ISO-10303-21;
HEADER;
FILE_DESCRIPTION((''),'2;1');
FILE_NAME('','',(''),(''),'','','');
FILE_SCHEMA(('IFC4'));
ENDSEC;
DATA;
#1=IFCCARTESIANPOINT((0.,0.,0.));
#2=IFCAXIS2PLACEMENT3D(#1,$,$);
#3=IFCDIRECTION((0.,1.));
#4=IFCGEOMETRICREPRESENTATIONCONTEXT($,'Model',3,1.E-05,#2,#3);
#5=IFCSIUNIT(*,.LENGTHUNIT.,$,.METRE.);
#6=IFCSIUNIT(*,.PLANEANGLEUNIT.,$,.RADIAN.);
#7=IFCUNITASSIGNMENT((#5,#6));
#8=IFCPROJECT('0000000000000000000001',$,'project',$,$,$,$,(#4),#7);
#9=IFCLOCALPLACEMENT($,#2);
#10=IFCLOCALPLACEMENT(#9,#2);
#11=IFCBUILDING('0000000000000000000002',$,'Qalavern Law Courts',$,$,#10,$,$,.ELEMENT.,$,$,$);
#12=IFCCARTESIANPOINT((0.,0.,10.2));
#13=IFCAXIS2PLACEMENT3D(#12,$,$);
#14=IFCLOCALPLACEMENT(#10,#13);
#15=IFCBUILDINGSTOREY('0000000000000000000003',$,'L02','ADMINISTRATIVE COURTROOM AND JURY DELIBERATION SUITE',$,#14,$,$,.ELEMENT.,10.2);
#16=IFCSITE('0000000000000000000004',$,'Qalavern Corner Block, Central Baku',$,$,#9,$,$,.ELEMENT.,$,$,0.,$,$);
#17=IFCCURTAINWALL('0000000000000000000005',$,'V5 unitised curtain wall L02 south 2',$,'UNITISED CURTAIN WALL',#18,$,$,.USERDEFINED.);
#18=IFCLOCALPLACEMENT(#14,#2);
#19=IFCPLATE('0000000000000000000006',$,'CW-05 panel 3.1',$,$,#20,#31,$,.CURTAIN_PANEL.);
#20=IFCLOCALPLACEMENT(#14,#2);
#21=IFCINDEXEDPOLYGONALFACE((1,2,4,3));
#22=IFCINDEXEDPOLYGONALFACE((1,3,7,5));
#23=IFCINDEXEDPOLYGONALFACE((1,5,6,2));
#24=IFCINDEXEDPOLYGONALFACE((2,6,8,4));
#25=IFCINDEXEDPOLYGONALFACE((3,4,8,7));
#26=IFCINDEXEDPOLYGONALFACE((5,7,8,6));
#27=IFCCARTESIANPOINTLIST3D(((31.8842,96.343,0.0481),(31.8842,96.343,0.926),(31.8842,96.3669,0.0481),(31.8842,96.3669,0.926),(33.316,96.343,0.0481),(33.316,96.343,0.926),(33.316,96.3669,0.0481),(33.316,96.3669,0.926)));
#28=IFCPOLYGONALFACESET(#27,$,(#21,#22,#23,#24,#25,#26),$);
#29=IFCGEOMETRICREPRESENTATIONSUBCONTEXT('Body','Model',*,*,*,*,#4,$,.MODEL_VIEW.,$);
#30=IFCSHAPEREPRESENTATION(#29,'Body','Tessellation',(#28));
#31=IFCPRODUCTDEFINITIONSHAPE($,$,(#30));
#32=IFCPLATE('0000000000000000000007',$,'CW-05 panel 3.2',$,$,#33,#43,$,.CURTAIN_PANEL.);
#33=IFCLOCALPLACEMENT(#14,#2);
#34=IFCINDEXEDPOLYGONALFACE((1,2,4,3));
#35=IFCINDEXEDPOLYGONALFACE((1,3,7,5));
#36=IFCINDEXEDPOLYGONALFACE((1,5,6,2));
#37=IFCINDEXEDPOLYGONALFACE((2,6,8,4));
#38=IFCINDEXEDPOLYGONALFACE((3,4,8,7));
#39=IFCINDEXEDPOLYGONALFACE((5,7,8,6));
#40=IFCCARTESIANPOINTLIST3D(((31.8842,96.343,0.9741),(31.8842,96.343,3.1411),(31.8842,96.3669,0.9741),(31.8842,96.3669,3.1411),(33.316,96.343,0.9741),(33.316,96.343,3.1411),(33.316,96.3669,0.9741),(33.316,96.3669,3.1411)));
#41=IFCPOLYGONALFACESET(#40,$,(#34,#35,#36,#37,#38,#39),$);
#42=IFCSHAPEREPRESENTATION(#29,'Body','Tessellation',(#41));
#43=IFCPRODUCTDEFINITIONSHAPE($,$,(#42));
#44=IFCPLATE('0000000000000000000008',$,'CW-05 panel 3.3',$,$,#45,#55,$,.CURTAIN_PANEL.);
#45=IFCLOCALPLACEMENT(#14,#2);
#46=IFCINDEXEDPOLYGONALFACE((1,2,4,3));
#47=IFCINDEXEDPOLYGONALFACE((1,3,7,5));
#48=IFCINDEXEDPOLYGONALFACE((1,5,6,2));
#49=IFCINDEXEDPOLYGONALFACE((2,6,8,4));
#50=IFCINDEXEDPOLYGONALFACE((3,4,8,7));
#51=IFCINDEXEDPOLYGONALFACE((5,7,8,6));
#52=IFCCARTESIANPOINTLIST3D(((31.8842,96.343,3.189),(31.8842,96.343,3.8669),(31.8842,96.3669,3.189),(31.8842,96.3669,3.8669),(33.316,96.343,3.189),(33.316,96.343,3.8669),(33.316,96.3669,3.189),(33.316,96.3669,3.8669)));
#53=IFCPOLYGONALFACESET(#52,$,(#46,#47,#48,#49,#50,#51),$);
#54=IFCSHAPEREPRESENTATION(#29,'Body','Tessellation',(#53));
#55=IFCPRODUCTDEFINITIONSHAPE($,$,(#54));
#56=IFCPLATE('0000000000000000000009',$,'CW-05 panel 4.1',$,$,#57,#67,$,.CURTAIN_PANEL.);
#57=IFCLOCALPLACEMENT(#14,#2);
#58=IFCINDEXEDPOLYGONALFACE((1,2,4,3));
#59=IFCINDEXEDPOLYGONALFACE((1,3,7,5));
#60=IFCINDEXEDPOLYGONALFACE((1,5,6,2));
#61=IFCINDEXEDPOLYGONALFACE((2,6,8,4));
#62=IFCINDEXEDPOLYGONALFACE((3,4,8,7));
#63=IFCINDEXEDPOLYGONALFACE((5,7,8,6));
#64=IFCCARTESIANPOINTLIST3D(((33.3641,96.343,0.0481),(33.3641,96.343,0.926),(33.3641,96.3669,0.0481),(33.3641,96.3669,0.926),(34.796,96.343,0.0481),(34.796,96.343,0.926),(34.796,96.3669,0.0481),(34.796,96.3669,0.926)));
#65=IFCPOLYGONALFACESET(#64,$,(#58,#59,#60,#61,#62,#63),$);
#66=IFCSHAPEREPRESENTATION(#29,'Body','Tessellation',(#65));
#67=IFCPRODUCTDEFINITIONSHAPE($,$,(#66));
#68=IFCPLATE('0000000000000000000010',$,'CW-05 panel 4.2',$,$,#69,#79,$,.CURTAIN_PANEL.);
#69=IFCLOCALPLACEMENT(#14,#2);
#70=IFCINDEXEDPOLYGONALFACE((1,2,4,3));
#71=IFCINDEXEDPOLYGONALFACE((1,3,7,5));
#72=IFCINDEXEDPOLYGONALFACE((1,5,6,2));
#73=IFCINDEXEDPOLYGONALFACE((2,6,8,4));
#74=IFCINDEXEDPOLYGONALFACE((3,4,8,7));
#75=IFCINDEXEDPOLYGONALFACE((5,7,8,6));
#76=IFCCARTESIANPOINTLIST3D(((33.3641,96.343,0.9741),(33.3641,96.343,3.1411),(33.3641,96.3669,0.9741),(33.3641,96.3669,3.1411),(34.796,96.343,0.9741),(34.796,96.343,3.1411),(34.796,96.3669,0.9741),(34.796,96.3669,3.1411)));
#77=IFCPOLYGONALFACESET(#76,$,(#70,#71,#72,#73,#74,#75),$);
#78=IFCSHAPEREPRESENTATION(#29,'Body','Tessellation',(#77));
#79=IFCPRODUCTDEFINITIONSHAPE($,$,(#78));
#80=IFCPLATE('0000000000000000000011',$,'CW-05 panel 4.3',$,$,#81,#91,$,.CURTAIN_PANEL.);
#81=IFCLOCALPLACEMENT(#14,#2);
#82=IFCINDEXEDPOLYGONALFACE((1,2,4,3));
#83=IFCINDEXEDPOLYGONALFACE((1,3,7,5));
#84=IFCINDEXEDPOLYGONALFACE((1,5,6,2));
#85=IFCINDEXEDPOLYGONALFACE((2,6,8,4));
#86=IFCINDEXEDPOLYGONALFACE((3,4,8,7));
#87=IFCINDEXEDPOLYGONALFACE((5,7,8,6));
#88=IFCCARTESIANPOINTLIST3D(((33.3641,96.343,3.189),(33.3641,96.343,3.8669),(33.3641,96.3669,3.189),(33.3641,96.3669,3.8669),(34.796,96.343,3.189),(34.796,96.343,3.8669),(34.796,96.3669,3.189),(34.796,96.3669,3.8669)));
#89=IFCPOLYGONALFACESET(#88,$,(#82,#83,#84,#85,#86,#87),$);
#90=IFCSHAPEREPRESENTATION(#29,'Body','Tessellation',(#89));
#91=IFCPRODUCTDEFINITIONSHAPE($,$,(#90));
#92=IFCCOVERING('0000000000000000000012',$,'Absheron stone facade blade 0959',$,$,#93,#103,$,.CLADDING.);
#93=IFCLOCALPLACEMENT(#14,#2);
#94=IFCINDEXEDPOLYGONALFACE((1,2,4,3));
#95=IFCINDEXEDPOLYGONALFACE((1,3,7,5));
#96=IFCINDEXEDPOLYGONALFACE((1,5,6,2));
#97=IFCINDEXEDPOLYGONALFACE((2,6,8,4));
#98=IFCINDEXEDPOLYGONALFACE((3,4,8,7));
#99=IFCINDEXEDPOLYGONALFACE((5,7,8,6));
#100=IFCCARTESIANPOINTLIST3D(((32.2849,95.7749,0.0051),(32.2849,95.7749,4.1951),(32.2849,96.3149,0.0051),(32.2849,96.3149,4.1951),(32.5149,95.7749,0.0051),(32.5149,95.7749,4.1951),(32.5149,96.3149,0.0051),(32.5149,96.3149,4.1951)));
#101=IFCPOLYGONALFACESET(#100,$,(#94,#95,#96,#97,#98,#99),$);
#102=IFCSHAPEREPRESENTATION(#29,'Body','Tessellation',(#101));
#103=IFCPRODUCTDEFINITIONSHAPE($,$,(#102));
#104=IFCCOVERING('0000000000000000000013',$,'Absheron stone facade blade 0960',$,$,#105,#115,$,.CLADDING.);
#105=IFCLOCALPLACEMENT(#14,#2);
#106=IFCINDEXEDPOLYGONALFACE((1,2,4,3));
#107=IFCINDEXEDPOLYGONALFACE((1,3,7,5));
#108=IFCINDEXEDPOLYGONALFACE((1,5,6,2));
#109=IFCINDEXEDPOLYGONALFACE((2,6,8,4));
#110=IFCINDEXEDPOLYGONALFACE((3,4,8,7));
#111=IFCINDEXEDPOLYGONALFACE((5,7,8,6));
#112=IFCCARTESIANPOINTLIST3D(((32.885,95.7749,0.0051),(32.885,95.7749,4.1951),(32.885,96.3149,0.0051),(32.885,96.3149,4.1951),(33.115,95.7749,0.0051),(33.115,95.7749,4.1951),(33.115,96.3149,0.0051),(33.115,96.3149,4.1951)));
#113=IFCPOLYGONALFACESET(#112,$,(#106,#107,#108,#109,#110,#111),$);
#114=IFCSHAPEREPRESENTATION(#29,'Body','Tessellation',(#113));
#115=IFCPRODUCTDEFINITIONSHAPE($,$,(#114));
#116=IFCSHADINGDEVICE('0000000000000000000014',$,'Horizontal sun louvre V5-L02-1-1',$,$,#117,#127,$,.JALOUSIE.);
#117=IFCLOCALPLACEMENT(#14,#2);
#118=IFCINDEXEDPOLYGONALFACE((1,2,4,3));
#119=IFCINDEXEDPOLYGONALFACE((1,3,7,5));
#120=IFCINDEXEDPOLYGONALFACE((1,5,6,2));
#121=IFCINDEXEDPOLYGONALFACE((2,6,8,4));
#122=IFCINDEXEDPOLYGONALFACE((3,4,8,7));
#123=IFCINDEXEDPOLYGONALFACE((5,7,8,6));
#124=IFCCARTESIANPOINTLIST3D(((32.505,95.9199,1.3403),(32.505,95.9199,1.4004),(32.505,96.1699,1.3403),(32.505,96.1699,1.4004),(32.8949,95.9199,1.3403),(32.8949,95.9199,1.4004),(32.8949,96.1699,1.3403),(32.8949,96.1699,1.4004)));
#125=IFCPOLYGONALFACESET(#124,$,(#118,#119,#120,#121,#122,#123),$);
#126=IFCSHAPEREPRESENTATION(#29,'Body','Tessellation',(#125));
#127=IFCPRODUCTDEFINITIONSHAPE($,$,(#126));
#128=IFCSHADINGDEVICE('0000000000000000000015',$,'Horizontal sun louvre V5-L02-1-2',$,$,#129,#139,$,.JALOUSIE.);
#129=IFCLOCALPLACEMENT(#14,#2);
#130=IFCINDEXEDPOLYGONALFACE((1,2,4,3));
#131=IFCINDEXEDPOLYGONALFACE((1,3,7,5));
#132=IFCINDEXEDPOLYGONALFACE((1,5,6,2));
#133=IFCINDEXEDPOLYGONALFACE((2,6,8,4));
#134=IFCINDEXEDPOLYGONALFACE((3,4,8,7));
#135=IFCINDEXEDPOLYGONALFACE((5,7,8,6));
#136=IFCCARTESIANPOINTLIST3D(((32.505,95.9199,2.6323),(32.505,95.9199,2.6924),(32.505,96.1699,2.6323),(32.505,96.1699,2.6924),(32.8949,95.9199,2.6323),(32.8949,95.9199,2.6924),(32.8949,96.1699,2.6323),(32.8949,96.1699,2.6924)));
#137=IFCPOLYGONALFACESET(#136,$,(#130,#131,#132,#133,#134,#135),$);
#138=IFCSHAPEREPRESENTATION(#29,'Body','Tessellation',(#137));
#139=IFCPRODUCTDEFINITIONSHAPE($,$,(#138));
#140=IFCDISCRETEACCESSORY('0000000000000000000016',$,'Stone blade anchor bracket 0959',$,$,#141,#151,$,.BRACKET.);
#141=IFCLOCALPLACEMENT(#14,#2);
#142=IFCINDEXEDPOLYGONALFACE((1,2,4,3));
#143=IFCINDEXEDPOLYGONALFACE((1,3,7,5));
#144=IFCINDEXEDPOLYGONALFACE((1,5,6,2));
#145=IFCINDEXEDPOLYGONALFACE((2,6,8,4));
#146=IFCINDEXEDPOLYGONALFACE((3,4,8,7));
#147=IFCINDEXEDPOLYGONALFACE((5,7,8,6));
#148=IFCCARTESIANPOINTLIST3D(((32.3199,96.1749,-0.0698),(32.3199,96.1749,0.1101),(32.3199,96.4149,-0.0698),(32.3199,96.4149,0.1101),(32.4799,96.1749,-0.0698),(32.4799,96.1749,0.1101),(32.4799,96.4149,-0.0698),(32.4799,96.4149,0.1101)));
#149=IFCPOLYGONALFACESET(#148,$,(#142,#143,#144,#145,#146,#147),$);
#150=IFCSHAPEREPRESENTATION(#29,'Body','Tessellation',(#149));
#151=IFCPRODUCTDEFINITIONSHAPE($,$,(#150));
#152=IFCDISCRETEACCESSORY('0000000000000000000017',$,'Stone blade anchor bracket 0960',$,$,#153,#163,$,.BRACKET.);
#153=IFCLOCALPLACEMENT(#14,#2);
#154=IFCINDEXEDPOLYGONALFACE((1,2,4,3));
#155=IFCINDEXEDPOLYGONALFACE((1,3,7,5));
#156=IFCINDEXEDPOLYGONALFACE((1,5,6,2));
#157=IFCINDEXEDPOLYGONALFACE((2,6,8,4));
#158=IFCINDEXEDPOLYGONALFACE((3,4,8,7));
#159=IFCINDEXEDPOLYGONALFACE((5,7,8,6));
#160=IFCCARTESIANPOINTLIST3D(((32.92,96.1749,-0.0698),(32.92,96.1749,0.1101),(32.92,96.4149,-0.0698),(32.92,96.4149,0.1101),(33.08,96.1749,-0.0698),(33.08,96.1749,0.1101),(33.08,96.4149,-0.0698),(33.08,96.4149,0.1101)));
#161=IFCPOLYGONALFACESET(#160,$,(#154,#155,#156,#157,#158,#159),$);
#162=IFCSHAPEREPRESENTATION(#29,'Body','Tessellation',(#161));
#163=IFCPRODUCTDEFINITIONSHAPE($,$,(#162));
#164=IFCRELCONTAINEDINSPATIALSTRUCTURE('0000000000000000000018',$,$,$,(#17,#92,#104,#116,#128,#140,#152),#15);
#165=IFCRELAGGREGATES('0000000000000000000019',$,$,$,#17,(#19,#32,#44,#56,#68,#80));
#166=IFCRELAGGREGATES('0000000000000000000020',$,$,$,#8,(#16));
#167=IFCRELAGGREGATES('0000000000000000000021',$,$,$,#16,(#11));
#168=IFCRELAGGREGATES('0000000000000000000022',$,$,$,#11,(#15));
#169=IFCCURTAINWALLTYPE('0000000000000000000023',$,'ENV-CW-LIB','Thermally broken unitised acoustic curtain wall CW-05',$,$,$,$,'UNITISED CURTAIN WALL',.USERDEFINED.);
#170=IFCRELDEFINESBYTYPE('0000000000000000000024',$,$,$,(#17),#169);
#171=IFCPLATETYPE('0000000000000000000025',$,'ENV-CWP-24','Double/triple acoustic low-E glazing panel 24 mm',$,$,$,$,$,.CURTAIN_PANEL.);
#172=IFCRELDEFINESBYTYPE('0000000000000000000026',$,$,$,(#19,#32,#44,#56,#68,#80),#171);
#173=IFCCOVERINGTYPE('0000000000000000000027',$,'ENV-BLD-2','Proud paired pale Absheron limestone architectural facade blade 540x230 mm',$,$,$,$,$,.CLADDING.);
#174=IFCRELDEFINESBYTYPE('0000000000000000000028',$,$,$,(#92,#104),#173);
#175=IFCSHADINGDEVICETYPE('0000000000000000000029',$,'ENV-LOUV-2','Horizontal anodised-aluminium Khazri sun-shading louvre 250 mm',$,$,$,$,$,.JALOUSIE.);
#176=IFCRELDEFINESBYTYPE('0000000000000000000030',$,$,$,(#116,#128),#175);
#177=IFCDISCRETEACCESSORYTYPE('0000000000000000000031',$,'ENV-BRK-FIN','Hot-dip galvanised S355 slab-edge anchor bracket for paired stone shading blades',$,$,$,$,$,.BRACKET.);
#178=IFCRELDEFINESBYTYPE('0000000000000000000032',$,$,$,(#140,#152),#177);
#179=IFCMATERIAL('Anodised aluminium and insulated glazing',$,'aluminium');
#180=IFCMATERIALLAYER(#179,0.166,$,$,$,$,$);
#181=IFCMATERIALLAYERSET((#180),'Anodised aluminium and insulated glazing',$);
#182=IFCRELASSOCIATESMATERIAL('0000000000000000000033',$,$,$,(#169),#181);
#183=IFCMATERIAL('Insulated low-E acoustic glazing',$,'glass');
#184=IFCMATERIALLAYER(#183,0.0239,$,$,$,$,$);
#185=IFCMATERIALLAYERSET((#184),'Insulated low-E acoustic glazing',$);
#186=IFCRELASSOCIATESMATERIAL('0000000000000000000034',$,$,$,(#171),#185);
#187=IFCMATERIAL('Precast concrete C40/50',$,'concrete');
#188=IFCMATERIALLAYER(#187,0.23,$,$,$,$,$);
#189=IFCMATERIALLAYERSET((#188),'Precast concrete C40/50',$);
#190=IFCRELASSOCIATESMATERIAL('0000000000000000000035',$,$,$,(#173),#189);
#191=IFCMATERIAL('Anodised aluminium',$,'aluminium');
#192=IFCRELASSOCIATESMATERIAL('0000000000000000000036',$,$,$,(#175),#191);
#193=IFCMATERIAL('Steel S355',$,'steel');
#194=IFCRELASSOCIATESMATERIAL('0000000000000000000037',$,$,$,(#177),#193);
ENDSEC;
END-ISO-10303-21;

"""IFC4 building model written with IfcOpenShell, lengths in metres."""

from ifc_helpers import new_model, si_unit, direction, frame, origin, origin_2d, place, context, subcontext, project, spatial, rectangle, extrude, material, layer, layer_set, type_object, element, aggregate, save


model = new_model("IFC4")

# Units and contexts
model_context = context("Model", 3, precision=1e-05, world=origin(), true_north=direction((0.0, 1.0)))
body_context = subcontext(model_context, "Body", "Model", "MODEL_VIEW")
ifc_project = project(units=[si_unit("LENGTHUNIT", "METRE"), si_unit("PLANEANGLEUNIT", "RADIAN")], contexts=[model_context])

# Site, building, storey
site_placement = place(None, origin())
site = spatial("IfcSite", under=ifc_project, at=site_placement, Name="Qalavern Corner Block, Central Baku", CompositionType="ELEMENT", RefElevation=0.0)
building_placement = place(site_placement, origin())
building = spatial("IfcBuilding", under=site, at=building_placement, Name="Qalavern Law Courts", CompositionType="ELEMENT")
storey_placement = place(building_placement, frame((0.0, 0.0, 10.2)))
storey = spatial("IfcBuildingStorey", under=building, at=storey_placement, Name="L02", Description="ADMINISTRATIVE COURTROOM AND JURY DELIBERATION SUITE", CompositionType="ELEMENT", Elevation=10.2)

# Curtain wall, plates
ifc_material_1 = material(Name="Anodised aluminium and insulated glazing", Category="aluminium")
ifc_layer_1 = layer(ifc_material_1, 0.166)
ifc_layer_set_1 = layer_set([ifc_layer_1], Name="Anodised aluminium and insulated glazing")
curtain_wall_type = type_object("IfcCurtainWallType", Name="ENV-CW-LIB", Description="Thermally broken unitised acoustic curtain wall CW-05", ElementType="UNITISED CURTAIN WALL", PredefinedType="USERDEFINED", material=ifc_layer_set_1)
curtain_wall_placement = place(storey_placement, origin())
curtain_wall = element("IfcCurtainWall", 1, at=curtain_wall_placement, inside=storey, type_object=curtain_wall_type, Name="V5 unitised curtain wall L02 south 2", ObjectType="UNITISED CURTAIN WALL", PredefinedType="USERDEFINED")
ifc_material_2 = material(Name="Anodised aluminium", Category="aluminium")
ifc_material_3 = material(Name="Insulated low-E acoustic glazing", Category="glass")
ifc_layer_2 = layer(ifc_material_3, 0.0239)
ifc_layer_set_2 = layer_set([ifc_layer_2], Name="Insulated low-E acoustic glazing")
plate_type = type_object("IfcPlateType", Name="ENV-CWP-24", Description="Double/triple acoustic low-E glazing panel 24 mm", PredefinedType="CURTAIN_PANEL", material=ifc_layer_set_2)
plate_1_placement = place(storey_placement, frame((32.6001, 96.355, 0.0481), z_axis=(0.0, 0.0, 1.0), x_axis=(1.0, 0.0, 0.0)))
plate_1 = element("IfcPlate", 2, at=plate_1_placement, type_object=plate_type, Name="CW-05 panel 3.1", PredefinedType="CURTAIN_PANEL", context=body_context, shape_type="SweptSolid", body=[
    extrude(rectangle(XDim=1.4319, YDim=0.0239, at=origin_2d()), origin(), (0.0, 0.0, 1.0), 0.8779),
])
plate_2_placement = place(storey_placement, frame((32.6001, 96.355, 0.9741), z_axis=(0.0, 0.0, 1.0), x_axis=(1.0, 0.0, 0.0)))
plate_2 = element("IfcPlate", 3, at=plate_2_placement, type_object=plate_type, Name="CW-05 panel 3.2", PredefinedType="CURTAIN_PANEL", context=body_context, shape_type="SweptSolid", body=[
    extrude(rectangle(XDim=1.4319, YDim=0.0239, at=origin_2d()), origin(), (0.0, 0.0, 1.0), 2.167),
])
plate_3_placement = place(storey_placement, frame((32.6001, 96.355, 3.189), z_axis=(0.0, 0.0, 1.0), x_axis=(1.0, 0.0, 0.0)))
plate_3 = element("IfcPlate", 4, at=plate_3_placement, type_object=plate_type, Name="CW-05 panel 3.3", PredefinedType="CURTAIN_PANEL", context=body_context, shape_type="SweptSolid", body=[
    extrude(rectangle(XDim=1.4319, YDim=0.0239, at=origin_2d()), origin(), (0.0, 0.0, 1.0), 0.678),
])
plate_4_placement = place(storey_placement, frame((34.0801, 96.355, 0.0481), z_axis=(0.0, 0.0, 1.0), x_axis=(1.0, 0.0, 0.0)))
plate_4 = element("IfcPlate", 5, at=plate_4_placement, type_object=plate_type, Name="CW-05 panel 4.1", PredefinedType="CURTAIN_PANEL", context=body_context, shape_type="SweptSolid", body=[
    extrude(rectangle(XDim=1.4319, YDim=0.0239, at=origin_2d()), origin(), (0.0, 0.0, 1.0), 0.8779),
])
plate_5_placement = place(storey_placement, frame((34.0801, 96.355, 0.9741), z_axis=(0.0, 0.0, 1.0), x_axis=(1.0, 0.0, 0.0)))
plate_5 = element("IfcPlate", 6, at=plate_5_placement, type_object=plate_type, Name="CW-05 panel 4.2", PredefinedType="CURTAIN_PANEL", context=body_context, shape_type="SweptSolid", body=[
    extrude(rectangle(XDim=1.4319, YDim=0.0239, at=origin_2d()), origin(), (0.0, 0.0, 1.0), 2.167),
])
plate_6_placement = place(storey_placement, frame((34.0801, 96.355, 3.189), z_axis=(0.0, 0.0, 1.0), x_axis=(1.0, 0.0, 0.0)))
plate_6 = element("IfcPlate", 7, at=plate_6_placement, type_object=plate_type, Name="CW-05 panel 4.3", PredefinedType="CURTAIN_PANEL", context=body_context, shape_type="SweptSolid", body=[
    extrude(rectangle(XDim=1.4319, YDim=0.0239, at=origin_2d()), origin(), (0.0, 0.0, 1.0), 0.678),
])
aggregate(curtain_wall, [plate_1, plate_2, plate_3, plate_4, plate_5, plate_6])

# Coverings
ifc_material_4 = material(Name="Precast concrete C40/50", Category="concrete")
ifc_layer_3 = layer(ifc_material_4, 0.23)
ifc_layer_set_3 = layer_set([ifc_layer_3], Name="Precast concrete C40/50")
covering_type = type_object("IfcCoveringType", Name="ENV-BLD-2", Description="Proud paired pale Absheron limestone architectural facade blade 540x230 mm", PredefinedType="CLADDING", material=ifc_layer_set_3)
for number, where, z_axis, x_axis, name in (
    (8, (32.3999, 96.0449, 0.0051), (0.0, 0.0, 1.0), (0.0, -1.0, 0.0), "Absheron stone facade blade 0959"),
    (9, (33.0, 96.0449, 0.0051), (0.0, 0.0, 1.0), (0.0, -1.0, 0.0), "Absheron stone facade blade 0960"),
):
    element("IfcCovering", number, at=place(storey_placement, frame(where, z_axis=z_axis, x_axis=x_axis)), inside=storey, type_object=covering_type, Name=name, PredefinedType="CLADDING", context=body_context, shape_type="SweptSolid", body=[
        extrude(rectangle(XDim=0.54, YDim=0.23, at=origin_2d()), origin(), (0.0, 0.0, 1.0), 4.1899),
    ])

# Shading devices
shading_device_type = type_object("IfcShadingDeviceType", Name="ENV-LOUV-2", Description="Horizontal anodised-aluminium Khazri sun-shading louvre 250 mm", PredefinedType="JALOUSIE", material=ifc_material_2)
for number, where, z_axis, x_axis, name in (
    (10, (32.7, 96.0449, 1.3403), (0.0, 0.0, 1.0), (1.0, 0.0, 0.0), "Horizontal sun louvre V5-L02-1-1"),
    (11, (32.7, 96.0449, 2.6323), (0.0, 0.0, 1.0), (1.0, 0.0, 0.0), "Horizontal sun louvre V5-L02-1-2"),
):
    element("IfcShadingDevice", number, at=place(storey_placement, frame(where, z_axis=z_axis, x_axis=x_axis)), inside=storey, type_object=shading_device_type, Name=name, PredefinedType="JALOUSIE", context=body_context, shape_type="SweptSolid", body=[
        extrude(rectangle(XDim=0.3899, YDim=0.25, at=origin_2d()), origin(), (0.0, 0.0, 1.0), 0.0601),
    ])

# Discrete accessories
ifc_material_5 = material(Name="Steel S355", Category="steel")
discrete_accessory_type = type_object("IfcDiscreteAccessoryType", Name="ENV-BRK-FIN", Description="Hot-dip galvanised S355 slab-edge anchor bracket for paired stone shading blades", PredefinedType="BRACKET", material=ifc_material_5)
for number, where, z_axis, x_axis, name in (
    (12, (32.3999, 96.2949, -0.0698), (0.0, 0.0, 1.0), (0.0, -1.0, 0.0), "Stone blade anchor bracket 0959"),
    (13, (33.0, 96.2949, -0.0698), (0.0, 0.0, 1.0), (0.0, -1.0, 0.0), "Stone blade anchor bracket 0960"),
):
    element("IfcDiscreteAccessory", number, at=place(storey_placement, frame(where, z_axis=z_axis, x_axis=x_axis)), inside=storey, type_object=discrete_accessory_type, Name=name, PredefinedType="BRACKET", context=body_context, shape_type="SweptSolid", body=[
        extrude(rectangle(XDim=0.24, YDim=0.1599, at=origin_2d()), origin(), (0.0, 0.0, 1.0), 0.1799),
    ])

save(model, "model.ifc")
